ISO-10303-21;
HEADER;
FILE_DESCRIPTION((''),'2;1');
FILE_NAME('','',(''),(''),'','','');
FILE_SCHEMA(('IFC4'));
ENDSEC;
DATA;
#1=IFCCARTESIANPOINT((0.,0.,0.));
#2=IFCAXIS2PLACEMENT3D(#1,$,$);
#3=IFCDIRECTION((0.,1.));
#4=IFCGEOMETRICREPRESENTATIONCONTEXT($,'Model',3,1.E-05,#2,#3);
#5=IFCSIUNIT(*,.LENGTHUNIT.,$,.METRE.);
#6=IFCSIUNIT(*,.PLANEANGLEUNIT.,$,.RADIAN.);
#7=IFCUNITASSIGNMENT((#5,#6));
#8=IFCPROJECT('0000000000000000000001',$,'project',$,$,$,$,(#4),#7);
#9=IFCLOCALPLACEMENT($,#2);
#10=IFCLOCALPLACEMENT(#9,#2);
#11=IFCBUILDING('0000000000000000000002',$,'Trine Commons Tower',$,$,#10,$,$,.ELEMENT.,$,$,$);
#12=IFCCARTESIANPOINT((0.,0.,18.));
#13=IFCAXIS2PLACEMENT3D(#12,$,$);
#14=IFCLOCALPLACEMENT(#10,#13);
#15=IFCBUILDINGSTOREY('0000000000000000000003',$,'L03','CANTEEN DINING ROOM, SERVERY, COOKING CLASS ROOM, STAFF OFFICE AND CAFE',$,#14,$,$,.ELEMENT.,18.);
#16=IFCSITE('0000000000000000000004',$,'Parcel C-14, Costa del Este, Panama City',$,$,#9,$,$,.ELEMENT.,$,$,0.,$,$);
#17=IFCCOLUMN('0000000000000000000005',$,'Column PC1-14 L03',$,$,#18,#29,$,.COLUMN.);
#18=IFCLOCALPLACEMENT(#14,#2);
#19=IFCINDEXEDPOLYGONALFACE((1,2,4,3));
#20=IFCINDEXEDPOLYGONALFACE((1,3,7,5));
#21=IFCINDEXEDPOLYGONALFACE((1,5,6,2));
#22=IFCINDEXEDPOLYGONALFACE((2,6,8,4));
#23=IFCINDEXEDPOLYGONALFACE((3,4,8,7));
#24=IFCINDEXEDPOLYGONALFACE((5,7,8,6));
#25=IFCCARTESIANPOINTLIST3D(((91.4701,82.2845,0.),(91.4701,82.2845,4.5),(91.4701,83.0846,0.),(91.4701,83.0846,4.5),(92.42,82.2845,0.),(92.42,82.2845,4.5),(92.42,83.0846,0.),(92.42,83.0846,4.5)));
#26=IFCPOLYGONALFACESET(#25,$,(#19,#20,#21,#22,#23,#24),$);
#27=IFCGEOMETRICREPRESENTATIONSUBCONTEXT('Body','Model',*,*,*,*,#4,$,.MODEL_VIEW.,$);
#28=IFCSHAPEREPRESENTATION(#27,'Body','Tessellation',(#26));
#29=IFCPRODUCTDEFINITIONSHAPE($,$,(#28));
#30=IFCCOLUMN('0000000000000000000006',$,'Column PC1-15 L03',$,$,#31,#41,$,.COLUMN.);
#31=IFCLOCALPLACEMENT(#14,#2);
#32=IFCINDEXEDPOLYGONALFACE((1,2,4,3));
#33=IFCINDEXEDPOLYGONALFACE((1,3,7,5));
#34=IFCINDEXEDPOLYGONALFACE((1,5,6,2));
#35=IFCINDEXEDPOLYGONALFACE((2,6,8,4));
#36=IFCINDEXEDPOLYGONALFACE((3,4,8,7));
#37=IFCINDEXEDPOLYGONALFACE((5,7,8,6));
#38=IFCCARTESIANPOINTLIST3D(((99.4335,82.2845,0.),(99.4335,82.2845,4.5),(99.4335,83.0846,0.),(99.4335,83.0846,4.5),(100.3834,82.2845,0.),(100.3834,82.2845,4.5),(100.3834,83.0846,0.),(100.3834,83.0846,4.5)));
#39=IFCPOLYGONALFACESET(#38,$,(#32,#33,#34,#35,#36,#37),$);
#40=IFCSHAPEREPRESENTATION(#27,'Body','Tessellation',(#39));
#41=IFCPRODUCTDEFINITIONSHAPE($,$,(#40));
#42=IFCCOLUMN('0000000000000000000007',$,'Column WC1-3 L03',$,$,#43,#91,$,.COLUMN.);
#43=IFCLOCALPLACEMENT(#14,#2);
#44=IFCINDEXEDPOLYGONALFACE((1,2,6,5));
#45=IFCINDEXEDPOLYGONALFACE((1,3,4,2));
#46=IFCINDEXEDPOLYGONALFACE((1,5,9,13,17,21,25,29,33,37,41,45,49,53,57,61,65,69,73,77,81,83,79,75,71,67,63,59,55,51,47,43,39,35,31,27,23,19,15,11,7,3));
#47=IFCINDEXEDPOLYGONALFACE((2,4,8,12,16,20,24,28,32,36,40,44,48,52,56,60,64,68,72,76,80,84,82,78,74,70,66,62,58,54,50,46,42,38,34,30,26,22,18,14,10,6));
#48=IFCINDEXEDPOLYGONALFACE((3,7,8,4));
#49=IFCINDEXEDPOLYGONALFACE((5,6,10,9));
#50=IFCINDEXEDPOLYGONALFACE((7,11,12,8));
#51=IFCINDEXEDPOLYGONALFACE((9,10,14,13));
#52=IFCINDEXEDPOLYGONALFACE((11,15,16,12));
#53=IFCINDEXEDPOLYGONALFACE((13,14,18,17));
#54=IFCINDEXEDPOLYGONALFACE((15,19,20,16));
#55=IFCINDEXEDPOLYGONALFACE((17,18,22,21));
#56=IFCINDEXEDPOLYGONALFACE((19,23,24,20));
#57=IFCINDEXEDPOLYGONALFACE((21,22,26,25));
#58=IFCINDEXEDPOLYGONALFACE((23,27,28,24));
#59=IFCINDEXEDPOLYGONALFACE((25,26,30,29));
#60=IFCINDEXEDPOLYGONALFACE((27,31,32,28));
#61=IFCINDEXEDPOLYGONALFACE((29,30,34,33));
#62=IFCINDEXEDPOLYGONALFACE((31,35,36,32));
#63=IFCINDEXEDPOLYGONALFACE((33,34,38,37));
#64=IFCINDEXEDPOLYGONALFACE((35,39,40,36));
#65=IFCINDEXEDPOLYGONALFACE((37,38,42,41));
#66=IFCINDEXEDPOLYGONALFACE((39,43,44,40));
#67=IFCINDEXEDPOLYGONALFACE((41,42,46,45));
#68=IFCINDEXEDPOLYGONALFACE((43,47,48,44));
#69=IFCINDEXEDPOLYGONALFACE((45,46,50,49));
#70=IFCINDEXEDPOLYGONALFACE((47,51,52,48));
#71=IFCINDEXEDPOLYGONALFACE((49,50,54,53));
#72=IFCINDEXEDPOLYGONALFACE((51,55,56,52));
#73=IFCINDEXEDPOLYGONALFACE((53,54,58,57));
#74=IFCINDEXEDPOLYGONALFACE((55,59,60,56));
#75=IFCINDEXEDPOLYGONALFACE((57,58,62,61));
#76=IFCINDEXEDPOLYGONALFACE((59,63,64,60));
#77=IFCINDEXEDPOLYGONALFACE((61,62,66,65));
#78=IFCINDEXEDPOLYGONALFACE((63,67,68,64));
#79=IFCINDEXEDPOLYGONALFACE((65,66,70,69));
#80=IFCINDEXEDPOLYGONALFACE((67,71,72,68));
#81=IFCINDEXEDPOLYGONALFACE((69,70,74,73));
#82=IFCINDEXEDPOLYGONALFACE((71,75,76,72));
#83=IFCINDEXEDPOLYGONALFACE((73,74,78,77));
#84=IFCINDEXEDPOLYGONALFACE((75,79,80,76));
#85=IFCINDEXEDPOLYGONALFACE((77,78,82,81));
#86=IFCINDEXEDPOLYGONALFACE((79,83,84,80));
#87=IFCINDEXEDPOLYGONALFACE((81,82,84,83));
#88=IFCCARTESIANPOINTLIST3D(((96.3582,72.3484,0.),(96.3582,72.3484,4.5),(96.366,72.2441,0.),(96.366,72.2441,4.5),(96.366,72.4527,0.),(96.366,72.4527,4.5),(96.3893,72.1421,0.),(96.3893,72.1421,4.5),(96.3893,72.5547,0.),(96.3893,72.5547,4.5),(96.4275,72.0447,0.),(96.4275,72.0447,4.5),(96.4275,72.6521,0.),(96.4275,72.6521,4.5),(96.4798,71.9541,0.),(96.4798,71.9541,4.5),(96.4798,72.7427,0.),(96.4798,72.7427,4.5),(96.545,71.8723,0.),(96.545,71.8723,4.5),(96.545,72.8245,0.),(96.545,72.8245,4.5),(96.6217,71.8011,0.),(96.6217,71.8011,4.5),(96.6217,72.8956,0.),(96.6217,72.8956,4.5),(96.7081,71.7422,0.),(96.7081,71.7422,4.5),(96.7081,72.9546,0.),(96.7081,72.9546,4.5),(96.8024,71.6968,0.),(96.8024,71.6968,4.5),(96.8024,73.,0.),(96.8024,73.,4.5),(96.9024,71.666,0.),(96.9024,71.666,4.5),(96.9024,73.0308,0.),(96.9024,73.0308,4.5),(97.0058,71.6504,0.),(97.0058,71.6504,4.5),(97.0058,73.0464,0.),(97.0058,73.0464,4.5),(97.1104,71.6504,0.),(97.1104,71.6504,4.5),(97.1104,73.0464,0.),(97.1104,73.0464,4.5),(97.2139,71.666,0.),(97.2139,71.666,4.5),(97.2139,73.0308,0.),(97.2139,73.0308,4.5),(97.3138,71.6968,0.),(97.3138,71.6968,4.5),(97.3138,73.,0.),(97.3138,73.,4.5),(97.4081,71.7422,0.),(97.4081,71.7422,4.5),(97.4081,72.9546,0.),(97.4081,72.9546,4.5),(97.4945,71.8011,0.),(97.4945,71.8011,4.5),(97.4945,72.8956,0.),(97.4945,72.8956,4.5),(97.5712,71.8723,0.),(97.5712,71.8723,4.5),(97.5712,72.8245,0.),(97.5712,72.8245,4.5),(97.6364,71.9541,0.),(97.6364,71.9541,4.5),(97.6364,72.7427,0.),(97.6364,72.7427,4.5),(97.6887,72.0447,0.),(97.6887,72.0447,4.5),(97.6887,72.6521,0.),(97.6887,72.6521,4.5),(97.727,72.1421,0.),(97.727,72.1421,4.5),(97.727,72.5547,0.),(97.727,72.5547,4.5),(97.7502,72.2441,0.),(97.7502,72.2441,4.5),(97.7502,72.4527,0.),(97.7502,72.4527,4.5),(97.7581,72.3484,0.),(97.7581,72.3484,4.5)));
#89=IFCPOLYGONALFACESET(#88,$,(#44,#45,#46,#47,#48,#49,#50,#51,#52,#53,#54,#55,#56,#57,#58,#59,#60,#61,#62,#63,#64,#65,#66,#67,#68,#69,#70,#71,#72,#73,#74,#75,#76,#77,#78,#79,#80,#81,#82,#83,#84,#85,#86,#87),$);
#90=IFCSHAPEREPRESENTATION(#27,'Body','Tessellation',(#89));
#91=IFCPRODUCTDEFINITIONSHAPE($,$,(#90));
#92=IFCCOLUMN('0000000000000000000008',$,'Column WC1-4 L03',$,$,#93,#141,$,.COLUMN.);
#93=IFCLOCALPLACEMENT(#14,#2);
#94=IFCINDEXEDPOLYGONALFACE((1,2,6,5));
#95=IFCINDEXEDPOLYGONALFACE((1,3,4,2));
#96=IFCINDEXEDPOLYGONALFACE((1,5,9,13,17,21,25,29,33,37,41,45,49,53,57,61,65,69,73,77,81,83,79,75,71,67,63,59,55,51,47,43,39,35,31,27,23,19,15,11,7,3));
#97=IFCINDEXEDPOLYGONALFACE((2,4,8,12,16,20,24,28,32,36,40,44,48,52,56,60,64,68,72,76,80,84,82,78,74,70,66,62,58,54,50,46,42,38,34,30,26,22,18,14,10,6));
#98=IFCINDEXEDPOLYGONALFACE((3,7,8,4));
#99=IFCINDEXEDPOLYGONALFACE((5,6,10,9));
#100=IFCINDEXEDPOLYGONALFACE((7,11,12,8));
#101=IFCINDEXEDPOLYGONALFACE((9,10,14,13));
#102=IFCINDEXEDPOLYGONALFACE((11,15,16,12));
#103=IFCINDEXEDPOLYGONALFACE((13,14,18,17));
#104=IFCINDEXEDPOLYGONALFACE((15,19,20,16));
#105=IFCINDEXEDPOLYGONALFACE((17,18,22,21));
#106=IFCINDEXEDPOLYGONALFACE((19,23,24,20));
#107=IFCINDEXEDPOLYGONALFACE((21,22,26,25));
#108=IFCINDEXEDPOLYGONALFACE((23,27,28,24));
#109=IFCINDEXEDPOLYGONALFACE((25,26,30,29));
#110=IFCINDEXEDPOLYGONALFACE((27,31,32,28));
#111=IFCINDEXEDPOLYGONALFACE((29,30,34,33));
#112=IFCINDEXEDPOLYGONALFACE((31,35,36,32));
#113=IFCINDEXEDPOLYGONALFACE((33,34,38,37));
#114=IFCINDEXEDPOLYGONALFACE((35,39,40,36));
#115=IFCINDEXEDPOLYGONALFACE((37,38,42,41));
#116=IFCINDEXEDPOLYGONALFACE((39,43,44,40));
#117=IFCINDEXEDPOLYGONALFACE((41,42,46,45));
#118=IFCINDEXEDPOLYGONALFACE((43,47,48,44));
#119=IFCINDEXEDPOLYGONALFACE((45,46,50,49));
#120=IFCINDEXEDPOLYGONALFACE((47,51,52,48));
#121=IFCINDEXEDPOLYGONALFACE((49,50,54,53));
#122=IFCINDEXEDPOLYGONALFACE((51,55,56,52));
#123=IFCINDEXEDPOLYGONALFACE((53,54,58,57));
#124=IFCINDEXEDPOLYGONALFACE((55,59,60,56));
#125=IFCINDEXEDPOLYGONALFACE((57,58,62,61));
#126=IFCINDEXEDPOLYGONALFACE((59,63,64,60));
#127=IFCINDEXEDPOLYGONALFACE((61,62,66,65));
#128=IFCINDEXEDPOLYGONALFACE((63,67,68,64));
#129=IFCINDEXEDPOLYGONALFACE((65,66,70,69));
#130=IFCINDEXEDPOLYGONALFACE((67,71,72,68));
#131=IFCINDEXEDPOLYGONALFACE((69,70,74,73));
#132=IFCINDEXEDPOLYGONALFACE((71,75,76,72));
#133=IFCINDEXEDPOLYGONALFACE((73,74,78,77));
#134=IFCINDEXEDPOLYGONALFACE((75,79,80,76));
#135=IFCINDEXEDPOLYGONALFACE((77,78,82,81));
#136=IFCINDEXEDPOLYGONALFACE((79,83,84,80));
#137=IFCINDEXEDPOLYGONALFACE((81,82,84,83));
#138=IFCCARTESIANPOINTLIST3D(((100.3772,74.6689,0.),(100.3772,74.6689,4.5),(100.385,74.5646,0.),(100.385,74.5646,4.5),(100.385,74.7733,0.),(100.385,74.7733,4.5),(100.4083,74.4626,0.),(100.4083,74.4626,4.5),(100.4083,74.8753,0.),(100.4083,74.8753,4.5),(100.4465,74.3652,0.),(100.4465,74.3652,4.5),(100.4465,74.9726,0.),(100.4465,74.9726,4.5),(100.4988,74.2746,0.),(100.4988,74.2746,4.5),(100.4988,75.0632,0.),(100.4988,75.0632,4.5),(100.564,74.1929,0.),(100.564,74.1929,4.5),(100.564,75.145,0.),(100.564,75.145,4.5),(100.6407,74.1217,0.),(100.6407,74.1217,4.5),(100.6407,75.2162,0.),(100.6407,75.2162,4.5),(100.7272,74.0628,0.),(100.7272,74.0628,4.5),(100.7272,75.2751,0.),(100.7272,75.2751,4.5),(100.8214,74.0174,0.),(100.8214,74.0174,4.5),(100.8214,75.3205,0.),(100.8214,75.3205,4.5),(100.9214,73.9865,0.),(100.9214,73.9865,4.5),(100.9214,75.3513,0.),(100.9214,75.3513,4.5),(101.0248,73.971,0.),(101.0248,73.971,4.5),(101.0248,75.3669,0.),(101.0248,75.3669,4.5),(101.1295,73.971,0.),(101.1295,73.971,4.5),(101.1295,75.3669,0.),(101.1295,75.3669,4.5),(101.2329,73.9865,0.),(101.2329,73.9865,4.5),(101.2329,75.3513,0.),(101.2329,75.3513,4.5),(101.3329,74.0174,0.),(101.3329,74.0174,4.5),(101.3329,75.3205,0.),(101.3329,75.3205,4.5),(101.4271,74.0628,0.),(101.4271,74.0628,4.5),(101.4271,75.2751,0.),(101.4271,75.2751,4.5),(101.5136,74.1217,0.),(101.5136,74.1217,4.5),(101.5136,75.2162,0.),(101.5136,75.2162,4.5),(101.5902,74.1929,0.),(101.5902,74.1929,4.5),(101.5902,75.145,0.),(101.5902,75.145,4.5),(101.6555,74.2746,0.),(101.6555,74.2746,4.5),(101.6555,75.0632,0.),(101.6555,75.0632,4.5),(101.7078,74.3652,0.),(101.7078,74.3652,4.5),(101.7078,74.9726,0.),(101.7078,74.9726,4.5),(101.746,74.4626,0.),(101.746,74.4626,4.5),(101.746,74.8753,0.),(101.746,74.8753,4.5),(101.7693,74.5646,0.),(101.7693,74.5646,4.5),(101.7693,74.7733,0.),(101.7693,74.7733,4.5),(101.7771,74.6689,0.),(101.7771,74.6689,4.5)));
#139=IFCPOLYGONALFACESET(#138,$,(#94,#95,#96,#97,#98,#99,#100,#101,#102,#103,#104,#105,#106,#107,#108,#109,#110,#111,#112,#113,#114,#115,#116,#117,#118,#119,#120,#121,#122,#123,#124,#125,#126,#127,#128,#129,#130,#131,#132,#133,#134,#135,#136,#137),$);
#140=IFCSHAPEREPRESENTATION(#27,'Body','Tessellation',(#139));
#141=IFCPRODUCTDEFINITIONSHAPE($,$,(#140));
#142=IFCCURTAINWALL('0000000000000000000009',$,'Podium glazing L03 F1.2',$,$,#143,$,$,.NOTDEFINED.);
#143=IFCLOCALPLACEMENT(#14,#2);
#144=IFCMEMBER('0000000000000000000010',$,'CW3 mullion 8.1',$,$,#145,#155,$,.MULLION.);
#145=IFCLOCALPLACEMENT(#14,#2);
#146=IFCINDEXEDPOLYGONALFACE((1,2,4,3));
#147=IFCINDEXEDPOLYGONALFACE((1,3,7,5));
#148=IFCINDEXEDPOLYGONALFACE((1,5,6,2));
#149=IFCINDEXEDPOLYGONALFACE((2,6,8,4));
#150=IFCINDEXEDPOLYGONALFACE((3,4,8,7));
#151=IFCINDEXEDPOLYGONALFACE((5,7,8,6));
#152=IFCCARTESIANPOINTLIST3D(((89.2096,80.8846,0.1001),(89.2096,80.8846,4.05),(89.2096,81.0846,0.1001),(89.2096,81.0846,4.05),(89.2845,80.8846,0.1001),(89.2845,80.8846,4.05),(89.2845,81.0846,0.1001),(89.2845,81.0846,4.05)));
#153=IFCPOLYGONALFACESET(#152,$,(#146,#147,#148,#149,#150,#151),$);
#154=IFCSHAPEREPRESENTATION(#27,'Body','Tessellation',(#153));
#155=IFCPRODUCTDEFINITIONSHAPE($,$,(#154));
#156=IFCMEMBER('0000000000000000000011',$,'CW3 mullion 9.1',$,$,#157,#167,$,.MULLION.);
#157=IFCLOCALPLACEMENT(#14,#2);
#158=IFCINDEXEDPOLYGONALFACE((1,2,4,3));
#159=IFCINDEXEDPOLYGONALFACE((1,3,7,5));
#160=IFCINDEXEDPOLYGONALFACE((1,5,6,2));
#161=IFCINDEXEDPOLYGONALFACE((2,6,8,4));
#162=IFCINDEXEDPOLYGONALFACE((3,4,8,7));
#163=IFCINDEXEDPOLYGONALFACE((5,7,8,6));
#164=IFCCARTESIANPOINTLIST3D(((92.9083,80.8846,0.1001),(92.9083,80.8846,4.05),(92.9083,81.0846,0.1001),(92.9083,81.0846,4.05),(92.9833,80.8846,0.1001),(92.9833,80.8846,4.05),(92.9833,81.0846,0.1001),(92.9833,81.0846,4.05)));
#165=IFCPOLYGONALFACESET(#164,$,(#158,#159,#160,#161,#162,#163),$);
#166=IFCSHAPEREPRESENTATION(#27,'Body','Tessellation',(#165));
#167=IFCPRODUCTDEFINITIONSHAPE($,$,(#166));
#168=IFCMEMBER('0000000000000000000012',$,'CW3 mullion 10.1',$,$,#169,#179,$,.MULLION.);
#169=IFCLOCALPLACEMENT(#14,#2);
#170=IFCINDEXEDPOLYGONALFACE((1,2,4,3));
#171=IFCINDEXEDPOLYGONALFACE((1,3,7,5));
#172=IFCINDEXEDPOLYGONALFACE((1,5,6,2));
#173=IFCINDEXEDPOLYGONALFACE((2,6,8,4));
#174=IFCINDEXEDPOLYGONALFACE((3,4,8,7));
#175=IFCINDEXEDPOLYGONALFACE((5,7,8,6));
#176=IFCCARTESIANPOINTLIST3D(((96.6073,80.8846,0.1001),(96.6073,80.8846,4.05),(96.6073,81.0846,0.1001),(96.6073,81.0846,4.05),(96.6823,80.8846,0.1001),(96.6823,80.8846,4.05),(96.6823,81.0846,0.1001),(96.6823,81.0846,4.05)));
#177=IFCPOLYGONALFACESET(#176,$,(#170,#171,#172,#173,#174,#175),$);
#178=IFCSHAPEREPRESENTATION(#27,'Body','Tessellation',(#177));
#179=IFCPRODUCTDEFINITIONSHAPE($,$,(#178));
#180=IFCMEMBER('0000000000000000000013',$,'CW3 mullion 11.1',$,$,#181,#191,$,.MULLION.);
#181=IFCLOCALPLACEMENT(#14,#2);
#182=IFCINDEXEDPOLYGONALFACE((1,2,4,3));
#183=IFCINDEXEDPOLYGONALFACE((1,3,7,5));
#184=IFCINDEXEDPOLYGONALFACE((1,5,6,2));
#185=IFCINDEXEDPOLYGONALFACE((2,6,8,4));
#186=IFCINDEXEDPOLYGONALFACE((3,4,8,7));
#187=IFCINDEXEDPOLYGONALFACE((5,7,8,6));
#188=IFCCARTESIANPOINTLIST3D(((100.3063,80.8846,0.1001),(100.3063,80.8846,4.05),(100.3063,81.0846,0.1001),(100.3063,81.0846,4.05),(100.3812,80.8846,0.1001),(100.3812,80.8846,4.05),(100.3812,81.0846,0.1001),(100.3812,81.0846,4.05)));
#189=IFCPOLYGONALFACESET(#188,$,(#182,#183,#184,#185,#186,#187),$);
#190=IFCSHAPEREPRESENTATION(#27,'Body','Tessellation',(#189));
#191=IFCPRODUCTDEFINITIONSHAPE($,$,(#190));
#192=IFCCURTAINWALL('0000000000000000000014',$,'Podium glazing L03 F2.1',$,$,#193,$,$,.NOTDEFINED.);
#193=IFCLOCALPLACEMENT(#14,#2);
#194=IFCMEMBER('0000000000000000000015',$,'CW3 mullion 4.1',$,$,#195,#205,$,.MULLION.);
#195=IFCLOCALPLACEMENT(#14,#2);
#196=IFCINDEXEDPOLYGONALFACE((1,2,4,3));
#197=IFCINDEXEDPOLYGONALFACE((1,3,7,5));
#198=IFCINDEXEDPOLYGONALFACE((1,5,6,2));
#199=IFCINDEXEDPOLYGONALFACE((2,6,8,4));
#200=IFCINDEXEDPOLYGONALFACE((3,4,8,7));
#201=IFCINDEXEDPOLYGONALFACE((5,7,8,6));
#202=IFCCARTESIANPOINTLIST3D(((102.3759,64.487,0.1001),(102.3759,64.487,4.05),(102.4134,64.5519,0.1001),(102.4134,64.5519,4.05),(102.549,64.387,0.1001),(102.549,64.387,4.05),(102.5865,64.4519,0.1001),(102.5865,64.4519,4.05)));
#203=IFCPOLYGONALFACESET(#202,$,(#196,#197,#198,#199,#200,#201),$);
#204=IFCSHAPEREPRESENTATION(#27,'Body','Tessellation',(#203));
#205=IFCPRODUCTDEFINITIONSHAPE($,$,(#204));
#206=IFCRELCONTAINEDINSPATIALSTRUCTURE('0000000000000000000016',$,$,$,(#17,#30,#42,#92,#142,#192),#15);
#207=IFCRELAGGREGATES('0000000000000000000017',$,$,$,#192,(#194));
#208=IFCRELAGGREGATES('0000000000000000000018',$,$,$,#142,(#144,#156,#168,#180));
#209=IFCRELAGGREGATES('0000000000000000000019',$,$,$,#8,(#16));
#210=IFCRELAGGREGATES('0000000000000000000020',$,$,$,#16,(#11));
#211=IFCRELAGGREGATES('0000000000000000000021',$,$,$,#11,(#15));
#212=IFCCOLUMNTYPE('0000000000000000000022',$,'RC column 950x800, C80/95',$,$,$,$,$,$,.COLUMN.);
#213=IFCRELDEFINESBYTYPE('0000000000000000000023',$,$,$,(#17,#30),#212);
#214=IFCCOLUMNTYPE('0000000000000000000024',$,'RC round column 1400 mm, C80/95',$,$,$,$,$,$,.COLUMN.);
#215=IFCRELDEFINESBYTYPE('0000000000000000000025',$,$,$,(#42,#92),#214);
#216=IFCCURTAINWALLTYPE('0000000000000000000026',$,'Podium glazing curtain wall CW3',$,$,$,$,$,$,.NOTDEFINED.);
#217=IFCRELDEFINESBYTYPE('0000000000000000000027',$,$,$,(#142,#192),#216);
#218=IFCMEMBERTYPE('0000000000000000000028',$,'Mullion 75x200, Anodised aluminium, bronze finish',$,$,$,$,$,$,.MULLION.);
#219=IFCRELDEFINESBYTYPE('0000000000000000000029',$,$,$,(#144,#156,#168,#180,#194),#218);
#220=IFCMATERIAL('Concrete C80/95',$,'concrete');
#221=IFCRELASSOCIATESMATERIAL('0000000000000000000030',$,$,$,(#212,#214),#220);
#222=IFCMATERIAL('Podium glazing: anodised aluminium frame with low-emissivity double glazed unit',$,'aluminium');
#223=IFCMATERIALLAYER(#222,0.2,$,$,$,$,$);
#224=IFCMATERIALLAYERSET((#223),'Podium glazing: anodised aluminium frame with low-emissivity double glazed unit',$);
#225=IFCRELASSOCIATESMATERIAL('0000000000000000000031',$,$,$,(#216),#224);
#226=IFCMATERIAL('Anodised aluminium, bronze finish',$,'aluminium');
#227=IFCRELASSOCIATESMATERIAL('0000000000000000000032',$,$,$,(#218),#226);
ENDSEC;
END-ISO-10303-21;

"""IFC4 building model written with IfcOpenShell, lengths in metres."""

from ifc_helpers import new_model, si_unit, direction, frame, origin, origin_2d, place, context, subcontext, project, spatial, rectangle, circle, extrude, material, layer, layer_set, material_profile, profile_set, type_object, element, aggregate, save


model = new_model("IFC4")

# Units and contexts
model_context = context("Model", 3, precision=1e-05, world=origin(), true_north=direction((0.0, 1.0)))
body_context = subcontext(model_context, "Body", "Model", "MODEL_VIEW")
ifc_project = project(units=[si_unit("LENGTHUNIT", "METRE"), si_unit("PLANEANGLEUNIT", "RADIAN")], contexts=[model_context])

# Site, building, storey
site_placement = place(None, origin())
site = spatial("IfcSite", under=ifc_project, at=site_placement, Name="Parcel C-14, Costa del Este, Panama City", CompositionType="ELEMENT", RefElevation=0.0)
building_placement = place(site_placement, origin())
building = spatial("IfcBuilding", under=site, at=building_placement, Name="Trine Commons Tower", CompositionType="ELEMENT")
storey_placement = place(building_placement, frame((0.0, 0.0, 18.0)))
storey = spatial("IfcBuildingStorey", under=building, at=storey_placement, Name="L03", Description="CANTEEN DINING ROOM, SERVERY, COOKING CLASS ROOM, STAFF OFFICE AND CAFE", CompositionType="ELEMENT", Elevation=18.0)

# Columns
ifc_material_1 = material(Name="Concrete C80/95", Category="concrete")
ifc_material_profile_1 = material_profile(ifc_material_1, rectangle(XDim=0.95, YDim=0.8, at=origin_2d()), Name="RC 950x800")
ifc_profile_set_1 = profile_set([ifc_material_profile_1], Name="Concrete C80/95")
column_type_1 = type_object("IfcColumnType", Name="RC column 950x800, C80/95", PredefinedType="COLUMN", material=ifc_profile_set_1)
for number, where, z_axis, x_axis, name in (
    (1, (91.9451, 82.6846, 0.0), (0.0, 0.0, 1.0), (1.0, 0.0, 0.0), "Column PC1-14 L03"),
    (2, (99.9084, 82.6846, 0.0), (0.0, 0.0, 1.0), (1.0, 0.0, 0.0), "Column PC1-15 L03"),
):
    element("IfcColumn", number, at=place(storey_placement, frame(where, z_axis=z_axis, x_axis=x_axis)), inside=storey, type_object=column_type_1, Name=name, PredefinedType="COLUMN", context=body_context, shape_type="SweptSolid", body=[
        extrude(rectangle(XDim=0.95, YDim=0.8, at=origin_2d()), origin(), (0.0, 0.0, 1.0), 4.5),
    ])
ifc_material_profile_2 = material_profile(ifc_material_1, circle(Radius=0.7, at=origin_2d()), Name="RC round 1400")
ifc_profile_set_2 = profile_set([ifc_material_profile_2], Name="Concrete C80/95")
column_type_2 = type_object("IfcColumnType", Name="RC round column 1400 mm, C80/95", PredefinedType="COLUMN", material=ifc_profile_set_2)
for number, where, z_axis, x_axis, name in (
    (3, (97.0581, 72.3484, 0.0), (0.0, 0.0, 1.0), (1.0, 0.0, 0.0), "Column WC1-3 L03"),
    (4, (101.0771, 74.6689, 0.0), (0.0, 0.0, 1.0), (1.0, 0.0, 0.0), "Column WC1-4 L03"),
):
    element("IfcColumn", number, at=place(storey_placement, frame(where, z_axis=z_axis, x_axis=x_axis)), inside=storey, type_object=column_type_2, Name=name, PredefinedType="COLUMN", context=body_context, shape_type="SweptSolid", body=[
        extrude(circle(Radius=0.7, at=origin_2d()), origin(), (0.0, 0.0, 1.0), 4.5),
    ])

# Curtain wall, members
ifc_material_2 = material(Name="Podium glazing: anodised aluminium frame with low-emissivity double glazed unit", Category="aluminium")
ifc_layer_1 = layer(ifc_material_2, 0.2)
ifc_layer_set_1 = layer_set([ifc_layer_1], Name="Podium glazing: anodised aluminium frame with low-emissivity double glazed unit")
curtain_wall_type_1 = type_object("IfcCurtainWallType", Name="Podium glazing curtain wall CW3", PredefinedType="NOTDEFINED", material=ifc_layer_set_1)
curtain_wall_1_placement = place(storey_placement, origin())
curtain_wall_1 = element("IfcCurtainWall", 5, at=curtain_wall_1_placement, inside=storey, type_object=curtain_wall_type_1, Name="Podium glazing L03 F1.2", PredefinedType="NOTDEFINED")
ifc_material_3 = material(Name="Anodised aluminium, bronze finish", Category="aluminium")
ifc_material_profile_3 = material_profile(ifc_material_3, rectangle(XDim=0.2, YDim=0.075, at=origin_2d()), Name="Mullion 75x200")
ifc_profile_set_3 = profile_set([ifc_material_profile_3], Name="Anodised aluminium, bronze finish")
member_type_1 = type_object("IfcMemberType", Name="Mullion 75x200, Anodised aluminium, bronze finish", PredefinedType="MULLION", material=ifc_profile_set_3)
member_1_placement = place(storey_placement, frame((89.2471, 80.9846, 0.1001), z_axis=(0.0, 0.0, 1.0), x_axis=(0.0, 1.0, 0.0)))
member_1 = element("IfcMember", 6, at=member_1_placement, type_object=member_type_1, Name="CW3 mullion 8.1", PredefinedType="MULLION", context=body_context, shape_type="SweptSolid", body=[
    extrude(rectangle(XDim=0.2, YDim=0.075, at=origin_2d()), origin(), (0.0, 0.0, 1.0), 3.95),
])
member_2_placement = place(storey_placement, frame((92.9458, 80.9846, 0.1001), z_axis=(0.0, 0.0, 1.0), x_axis=(0.0, 1.0, 0.0)))
member_2 = element("IfcMember", 7, at=member_2_placement, type_object=member_type_1, Name="CW3 mullion 9.1", PredefinedType="MULLION", context=body_context, shape_type="SweptSolid", body=[
    extrude(rectangle(XDim=0.2, YDim=0.075, at=origin_2d()), origin(), (0.0, 0.0, 1.0), 3.95),
])
member_3_placement = place(storey_placement, frame((96.6448, 80.9846, 0.1001), z_axis=(0.0, 0.0, 1.0), x_axis=(0.0, 1.0, 0.0)))
member_3 = element("IfcMember", 8, at=member_3_placement, type_object=member_type_1, Name="CW3 mullion 10.1", PredefinedType="MULLION", context=body_context, shape_type="SweptSolid", body=[
    extrude(rectangle(XDim=0.2, YDim=0.075, at=origin_2d()), origin(), (0.0, 0.0, 1.0), 3.95),
])
member_4_placement = place(storey_placement, frame((100.3438, 80.9846, 0.1001), z_axis=(0.0, 0.0, 1.0), x_axis=(0.0, 1.0, 0.0)))
member_4 = element("IfcMember", 9, at=member_4_placement, type_object=member_type_1, Name="CW3 mullion 11.1", PredefinedType="MULLION", context=body_context, shape_type="SweptSolid", body=[
    extrude(rectangle(XDim=0.2, YDim=0.075, at=origin_2d()), origin(), (0.0, 0.0, 1.0), 3.95),
])

# Curtain wall, member
curtain_wall_2_placement = place(storey_placement, origin())
curtain_wall_2 = element("IfcCurtainWall", 10, at=curtain_wall_2_placement, inside=storey, type_object=curtain_wall_type_1, Name="Podium glazing L03 F2.1", PredefinedType="NOTDEFINED")
member_5_placement = place(storey_placement, frame((102.4812, 64.4695, 0.1001), z_axis=(0.0, 0.0, 1.0), x_axis=(0.866025, -0.5, 0.0)))
member_5 = element("IfcMember", 11, at=member_5_placement, type_object=member_type_1, Name="CW3 mullion 4.1", PredefinedType="MULLION", context=body_context, shape_type="SweptSolid", body=[
    extrude(rectangle(XDim=0.2, YDim=0.075, at=origin_2d()), origin(), (0.0, 0.0, 1.0), 3.95),
])
aggregate(curtain_wall_2, [member_5])

aggregate(curtain_wall_1, [member_1, member_2, member_3, member_4])

save(model, "model.ifc")
